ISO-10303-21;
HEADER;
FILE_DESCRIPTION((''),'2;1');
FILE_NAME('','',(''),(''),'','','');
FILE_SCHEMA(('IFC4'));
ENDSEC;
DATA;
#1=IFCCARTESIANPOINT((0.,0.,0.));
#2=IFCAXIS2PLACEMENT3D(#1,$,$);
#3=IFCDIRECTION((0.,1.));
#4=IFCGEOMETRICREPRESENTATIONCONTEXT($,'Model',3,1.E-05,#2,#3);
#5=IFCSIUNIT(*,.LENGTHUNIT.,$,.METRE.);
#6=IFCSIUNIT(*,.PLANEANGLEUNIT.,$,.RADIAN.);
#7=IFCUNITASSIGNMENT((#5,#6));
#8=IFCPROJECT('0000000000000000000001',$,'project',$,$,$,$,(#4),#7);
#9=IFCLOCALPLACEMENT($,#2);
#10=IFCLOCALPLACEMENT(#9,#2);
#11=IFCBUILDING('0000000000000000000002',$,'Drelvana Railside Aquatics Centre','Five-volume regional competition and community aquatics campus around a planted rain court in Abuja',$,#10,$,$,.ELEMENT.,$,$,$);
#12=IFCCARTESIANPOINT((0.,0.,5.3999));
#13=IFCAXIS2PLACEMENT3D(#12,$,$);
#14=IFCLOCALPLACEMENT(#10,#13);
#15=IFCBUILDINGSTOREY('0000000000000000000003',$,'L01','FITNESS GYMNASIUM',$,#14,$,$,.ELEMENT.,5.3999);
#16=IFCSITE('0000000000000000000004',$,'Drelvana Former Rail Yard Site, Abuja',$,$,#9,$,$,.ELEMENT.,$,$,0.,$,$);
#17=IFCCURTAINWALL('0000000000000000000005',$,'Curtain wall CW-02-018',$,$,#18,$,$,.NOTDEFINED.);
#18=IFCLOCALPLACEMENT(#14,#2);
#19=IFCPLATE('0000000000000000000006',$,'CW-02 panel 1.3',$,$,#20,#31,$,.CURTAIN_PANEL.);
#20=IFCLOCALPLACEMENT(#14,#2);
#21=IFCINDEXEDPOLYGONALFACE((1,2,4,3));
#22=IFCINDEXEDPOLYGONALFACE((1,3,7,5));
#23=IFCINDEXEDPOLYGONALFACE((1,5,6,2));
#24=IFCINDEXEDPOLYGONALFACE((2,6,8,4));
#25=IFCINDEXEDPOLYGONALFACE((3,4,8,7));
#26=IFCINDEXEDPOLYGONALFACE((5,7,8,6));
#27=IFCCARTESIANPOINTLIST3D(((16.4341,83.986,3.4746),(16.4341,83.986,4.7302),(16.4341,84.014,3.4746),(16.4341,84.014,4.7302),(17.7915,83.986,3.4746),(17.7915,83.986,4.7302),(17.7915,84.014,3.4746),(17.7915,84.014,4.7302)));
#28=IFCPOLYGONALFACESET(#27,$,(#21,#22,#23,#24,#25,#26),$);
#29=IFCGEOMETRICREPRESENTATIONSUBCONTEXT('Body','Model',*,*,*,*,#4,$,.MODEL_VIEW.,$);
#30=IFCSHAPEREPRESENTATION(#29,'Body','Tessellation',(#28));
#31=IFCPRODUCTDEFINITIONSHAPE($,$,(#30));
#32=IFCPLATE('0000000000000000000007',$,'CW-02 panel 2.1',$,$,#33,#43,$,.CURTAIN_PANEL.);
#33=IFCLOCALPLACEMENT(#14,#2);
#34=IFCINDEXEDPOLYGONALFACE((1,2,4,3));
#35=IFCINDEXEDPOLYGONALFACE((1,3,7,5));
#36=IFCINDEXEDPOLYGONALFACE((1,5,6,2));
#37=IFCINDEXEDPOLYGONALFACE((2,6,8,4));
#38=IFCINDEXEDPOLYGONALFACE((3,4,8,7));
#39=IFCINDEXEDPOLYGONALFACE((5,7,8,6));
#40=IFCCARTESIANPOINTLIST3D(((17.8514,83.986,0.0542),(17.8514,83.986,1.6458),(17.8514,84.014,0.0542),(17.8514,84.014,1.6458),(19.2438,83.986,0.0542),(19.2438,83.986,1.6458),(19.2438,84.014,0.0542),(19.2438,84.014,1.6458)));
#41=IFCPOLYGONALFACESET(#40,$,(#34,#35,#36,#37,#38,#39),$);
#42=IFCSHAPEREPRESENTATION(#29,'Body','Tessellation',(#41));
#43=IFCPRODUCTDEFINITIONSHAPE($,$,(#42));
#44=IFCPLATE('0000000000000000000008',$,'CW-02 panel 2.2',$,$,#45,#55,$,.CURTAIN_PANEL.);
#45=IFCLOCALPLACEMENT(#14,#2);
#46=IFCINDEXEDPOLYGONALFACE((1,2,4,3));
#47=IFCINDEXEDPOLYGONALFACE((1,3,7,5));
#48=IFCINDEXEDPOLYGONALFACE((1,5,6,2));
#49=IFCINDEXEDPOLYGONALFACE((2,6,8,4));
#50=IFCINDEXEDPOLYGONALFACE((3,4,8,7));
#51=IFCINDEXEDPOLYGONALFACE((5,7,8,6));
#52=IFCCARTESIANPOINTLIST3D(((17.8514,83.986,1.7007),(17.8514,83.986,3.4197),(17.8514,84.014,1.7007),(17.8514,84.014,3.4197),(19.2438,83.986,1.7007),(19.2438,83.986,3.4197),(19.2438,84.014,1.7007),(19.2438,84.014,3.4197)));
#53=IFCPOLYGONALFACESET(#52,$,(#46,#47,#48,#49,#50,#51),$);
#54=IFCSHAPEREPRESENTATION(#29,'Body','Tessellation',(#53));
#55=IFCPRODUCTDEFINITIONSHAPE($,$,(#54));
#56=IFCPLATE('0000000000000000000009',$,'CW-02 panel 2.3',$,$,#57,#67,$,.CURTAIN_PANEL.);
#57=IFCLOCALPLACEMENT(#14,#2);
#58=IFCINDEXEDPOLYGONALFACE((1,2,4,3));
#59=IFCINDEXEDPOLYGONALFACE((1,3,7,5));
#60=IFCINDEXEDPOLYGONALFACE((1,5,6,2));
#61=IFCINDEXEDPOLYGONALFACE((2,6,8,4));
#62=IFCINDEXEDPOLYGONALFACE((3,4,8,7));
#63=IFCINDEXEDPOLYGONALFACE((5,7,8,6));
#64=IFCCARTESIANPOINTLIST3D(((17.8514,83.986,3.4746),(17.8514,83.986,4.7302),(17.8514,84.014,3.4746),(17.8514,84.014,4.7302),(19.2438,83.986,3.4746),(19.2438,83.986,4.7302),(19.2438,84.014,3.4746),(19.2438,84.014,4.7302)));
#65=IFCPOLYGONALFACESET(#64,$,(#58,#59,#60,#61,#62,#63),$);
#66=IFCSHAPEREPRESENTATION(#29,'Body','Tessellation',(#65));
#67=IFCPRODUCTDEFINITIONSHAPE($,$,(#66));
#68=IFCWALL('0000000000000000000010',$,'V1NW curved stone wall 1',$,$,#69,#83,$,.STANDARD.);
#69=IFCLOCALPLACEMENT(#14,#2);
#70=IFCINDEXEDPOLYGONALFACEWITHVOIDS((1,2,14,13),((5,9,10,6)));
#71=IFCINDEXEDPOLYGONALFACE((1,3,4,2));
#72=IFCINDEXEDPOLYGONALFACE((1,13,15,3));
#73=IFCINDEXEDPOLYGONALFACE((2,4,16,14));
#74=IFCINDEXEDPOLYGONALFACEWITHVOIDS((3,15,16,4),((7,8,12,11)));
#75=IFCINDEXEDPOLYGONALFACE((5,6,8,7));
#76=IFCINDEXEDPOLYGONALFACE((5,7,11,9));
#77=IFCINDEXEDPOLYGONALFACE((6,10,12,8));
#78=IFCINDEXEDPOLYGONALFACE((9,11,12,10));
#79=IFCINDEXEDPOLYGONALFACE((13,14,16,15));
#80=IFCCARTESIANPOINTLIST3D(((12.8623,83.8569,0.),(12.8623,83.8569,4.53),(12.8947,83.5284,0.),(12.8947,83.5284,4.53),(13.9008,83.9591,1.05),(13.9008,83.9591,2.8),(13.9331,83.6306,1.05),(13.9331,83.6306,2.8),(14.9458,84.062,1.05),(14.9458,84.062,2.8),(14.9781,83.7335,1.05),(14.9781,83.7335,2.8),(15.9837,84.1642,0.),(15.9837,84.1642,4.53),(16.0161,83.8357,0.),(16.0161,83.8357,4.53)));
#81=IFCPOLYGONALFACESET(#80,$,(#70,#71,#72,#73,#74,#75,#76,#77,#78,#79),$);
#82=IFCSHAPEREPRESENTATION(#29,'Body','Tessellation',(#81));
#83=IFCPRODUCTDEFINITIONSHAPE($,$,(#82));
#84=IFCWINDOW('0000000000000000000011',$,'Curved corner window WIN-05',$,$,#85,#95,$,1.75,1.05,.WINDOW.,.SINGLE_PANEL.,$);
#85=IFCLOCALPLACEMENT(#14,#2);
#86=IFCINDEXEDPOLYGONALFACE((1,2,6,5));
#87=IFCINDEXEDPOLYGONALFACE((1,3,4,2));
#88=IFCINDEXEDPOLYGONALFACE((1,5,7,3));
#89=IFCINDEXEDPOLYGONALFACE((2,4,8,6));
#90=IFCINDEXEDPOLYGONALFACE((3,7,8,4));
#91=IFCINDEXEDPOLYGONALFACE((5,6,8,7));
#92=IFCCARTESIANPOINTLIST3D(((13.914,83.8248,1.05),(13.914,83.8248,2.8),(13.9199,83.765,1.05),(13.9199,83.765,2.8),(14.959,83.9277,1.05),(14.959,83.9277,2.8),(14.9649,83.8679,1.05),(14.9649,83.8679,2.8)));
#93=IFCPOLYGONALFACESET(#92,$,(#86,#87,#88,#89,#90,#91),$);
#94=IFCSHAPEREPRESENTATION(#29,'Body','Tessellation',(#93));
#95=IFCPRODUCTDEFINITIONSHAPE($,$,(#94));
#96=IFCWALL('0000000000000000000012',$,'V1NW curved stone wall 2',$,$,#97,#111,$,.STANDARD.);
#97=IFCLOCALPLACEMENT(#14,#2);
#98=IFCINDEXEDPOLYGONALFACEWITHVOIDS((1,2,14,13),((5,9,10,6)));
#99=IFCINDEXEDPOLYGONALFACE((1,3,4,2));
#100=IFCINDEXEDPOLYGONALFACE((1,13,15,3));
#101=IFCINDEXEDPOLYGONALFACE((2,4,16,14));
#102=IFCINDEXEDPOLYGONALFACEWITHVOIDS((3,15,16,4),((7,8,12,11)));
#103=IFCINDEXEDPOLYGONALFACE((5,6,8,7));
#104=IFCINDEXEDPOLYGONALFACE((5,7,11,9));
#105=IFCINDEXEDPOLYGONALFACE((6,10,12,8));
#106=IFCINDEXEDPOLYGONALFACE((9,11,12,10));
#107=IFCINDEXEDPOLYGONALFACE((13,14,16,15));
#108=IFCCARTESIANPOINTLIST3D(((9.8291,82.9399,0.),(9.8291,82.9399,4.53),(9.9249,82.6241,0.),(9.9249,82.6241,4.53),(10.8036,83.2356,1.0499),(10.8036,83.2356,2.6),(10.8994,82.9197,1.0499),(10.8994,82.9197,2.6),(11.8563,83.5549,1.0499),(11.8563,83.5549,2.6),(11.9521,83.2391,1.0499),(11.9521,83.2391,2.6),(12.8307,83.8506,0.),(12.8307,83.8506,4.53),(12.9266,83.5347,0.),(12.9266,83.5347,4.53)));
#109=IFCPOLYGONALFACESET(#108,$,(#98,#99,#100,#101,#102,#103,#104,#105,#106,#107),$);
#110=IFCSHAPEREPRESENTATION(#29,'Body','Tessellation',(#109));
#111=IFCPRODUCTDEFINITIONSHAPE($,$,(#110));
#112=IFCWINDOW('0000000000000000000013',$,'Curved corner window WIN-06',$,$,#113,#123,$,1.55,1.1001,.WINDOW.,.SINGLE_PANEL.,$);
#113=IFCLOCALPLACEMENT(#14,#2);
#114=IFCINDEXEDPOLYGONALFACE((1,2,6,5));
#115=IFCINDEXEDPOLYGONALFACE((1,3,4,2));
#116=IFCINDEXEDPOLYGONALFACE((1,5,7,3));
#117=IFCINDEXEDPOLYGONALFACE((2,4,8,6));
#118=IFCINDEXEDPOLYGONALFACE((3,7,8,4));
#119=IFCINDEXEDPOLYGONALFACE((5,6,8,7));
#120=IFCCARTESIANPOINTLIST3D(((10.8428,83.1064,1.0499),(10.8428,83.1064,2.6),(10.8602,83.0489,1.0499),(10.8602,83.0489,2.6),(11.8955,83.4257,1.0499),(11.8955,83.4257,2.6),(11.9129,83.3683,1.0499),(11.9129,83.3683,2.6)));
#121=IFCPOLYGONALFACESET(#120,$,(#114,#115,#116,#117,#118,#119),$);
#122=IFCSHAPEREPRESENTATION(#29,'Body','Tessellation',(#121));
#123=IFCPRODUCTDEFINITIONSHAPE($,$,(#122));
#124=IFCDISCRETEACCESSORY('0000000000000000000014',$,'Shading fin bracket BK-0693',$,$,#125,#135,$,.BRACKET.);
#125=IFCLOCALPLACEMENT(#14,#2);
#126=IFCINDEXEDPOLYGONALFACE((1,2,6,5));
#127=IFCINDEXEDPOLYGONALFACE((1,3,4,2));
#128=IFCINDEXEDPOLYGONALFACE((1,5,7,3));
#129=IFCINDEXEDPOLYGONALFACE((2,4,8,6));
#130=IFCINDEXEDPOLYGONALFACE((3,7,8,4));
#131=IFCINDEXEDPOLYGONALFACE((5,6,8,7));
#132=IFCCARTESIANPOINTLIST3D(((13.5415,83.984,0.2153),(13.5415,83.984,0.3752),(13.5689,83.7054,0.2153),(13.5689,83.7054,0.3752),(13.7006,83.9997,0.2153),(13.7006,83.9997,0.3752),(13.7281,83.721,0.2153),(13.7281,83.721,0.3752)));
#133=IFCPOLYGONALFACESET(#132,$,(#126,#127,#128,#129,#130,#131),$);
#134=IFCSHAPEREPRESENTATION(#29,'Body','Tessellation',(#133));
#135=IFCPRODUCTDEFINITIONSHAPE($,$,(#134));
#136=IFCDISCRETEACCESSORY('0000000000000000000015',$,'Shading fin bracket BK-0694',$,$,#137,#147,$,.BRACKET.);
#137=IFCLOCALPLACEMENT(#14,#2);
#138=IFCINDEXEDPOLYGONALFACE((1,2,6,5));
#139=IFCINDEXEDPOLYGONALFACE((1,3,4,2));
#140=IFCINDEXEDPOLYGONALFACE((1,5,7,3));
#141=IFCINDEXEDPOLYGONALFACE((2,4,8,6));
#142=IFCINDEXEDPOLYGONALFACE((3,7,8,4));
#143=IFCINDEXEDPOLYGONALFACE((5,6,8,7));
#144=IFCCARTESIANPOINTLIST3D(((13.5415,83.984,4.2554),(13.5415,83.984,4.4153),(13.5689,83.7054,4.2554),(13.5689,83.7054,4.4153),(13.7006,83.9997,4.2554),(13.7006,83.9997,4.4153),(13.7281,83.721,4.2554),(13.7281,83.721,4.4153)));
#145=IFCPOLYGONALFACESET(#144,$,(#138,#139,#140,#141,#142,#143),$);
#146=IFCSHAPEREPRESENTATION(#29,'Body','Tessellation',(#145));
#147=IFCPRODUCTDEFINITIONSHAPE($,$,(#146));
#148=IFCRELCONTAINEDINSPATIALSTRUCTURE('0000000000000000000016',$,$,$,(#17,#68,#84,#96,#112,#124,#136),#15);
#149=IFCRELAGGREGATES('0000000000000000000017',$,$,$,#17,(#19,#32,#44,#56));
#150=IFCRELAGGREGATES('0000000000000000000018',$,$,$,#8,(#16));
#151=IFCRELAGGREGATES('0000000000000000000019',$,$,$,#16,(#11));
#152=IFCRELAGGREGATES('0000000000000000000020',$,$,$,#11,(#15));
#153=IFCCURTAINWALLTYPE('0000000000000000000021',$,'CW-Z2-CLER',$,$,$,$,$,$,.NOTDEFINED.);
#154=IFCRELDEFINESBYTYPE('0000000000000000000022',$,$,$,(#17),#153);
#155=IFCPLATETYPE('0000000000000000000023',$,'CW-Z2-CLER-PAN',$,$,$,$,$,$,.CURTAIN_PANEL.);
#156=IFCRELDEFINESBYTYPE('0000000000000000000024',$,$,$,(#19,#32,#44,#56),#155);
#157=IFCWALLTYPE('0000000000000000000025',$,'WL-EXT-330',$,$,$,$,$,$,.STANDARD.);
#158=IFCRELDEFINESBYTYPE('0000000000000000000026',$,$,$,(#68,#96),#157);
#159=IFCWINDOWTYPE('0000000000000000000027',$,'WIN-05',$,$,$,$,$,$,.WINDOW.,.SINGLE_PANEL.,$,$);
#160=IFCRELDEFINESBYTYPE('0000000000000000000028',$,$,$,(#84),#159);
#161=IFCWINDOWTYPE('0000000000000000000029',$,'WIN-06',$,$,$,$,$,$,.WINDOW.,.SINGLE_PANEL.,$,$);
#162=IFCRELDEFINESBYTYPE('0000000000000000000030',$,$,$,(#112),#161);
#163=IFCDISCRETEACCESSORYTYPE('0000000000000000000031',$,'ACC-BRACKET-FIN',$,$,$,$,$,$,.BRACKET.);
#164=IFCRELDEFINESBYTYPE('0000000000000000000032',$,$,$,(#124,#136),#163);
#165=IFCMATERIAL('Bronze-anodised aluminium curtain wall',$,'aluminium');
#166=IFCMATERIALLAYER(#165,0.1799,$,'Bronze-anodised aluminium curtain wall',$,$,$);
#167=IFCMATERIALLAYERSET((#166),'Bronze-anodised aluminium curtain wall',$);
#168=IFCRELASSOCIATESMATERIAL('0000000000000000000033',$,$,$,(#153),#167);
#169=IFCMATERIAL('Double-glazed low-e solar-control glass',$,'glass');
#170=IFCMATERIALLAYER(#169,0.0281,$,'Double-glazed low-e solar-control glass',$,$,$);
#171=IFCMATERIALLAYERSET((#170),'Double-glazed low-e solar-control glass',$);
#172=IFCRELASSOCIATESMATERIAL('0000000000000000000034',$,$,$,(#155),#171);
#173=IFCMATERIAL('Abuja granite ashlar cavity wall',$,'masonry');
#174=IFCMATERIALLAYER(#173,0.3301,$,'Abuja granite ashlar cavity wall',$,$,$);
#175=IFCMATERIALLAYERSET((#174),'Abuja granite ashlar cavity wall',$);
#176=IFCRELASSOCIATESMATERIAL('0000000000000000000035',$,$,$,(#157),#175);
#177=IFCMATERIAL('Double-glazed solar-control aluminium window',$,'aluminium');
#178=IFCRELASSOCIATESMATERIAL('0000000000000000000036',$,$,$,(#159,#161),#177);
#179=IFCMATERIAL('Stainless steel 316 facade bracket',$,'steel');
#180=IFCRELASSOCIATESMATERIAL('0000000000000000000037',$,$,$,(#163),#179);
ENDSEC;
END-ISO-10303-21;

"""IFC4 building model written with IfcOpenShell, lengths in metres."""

from ifc_helpers import new_model, si_unit, direction, frame, frame_2d, origin, origin_2d, place, context, subcontext, project, spatial, rectangle, extrude, material, layer, layer_set, type_object, element, fill, aggregate, save


model = new_model("IFC4")

# Units and contexts
model_context = context("Model", 3, precision=1e-05, world=origin(), true_north=direction((0.0, 1.0)))
body_context = subcontext(model_context, "Body", "Model", "MODEL_VIEW")
ifc_project = project(units=[si_unit("LENGTHUNIT", "METRE"), si_unit("PLANEANGLEUNIT", "RADIAN")], contexts=[model_context])

# Site, building, storey
site_placement = place(None, origin())
site = spatial("IfcSite", under=ifc_project, at=site_placement, Name="Drelvana Former Rail Yard Site, Abuja", CompositionType="ELEMENT", RefElevation=0.0)
building_placement = place(site_placement, origin())
building = spatial("IfcBuilding", under=site, at=building_placement, Name="Drelvana Railside Aquatics Centre", Description="Five-volume regional competition and community aquatics campus around a planted rain court in Abuja", CompositionType="ELEMENT")
storey_placement = place(building_placement, frame((0.0, 0.0, 5.3999)))
storey = spatial("IfcBuildingStorey", under=building, at=storey_placement, Name="L01", Description="FITNESS GYMNASIUM", CompositionType="ELEMENT", Elevation=5.3999)

# Curtain wall
ifc_material_1 = material(Name="Bronze-anodised aluminium curtain wall", Category="aluminium")
ifc_layer_1 = layer(ifc_material_1, 0.1799, Name="Bronze-anodised aluminium curtain wall")
ifc_layer_set_1 = layer_set([ifc_layer_1], Name="Bronze-anodised aluminium curtain wall")
curtain_wall_type = type_object("IfcCurtainWallType", Name="CW-Z2-CLER", PredefinedType="NOTDEFINED", material=ifc_layer_set_1)
curtain_wall_placement = place(storey_placement, origin())
curtain_wall = element("IfcCurtainWall", 1, at=curtain_wall_placement, inside=storey, type_object=curtain_wall_type, Name="Curtain wall CW-02-018", PredefinedType="NOTDEFINED")

# Plates
ifc_material_2 = material(Name="Double-glazed low-e solar-control glass", Category="glass")
ifc_layer_2 = layer(ifc_material_2, 0.0281, Name="Double-glazed low-e solar-control glass")
ifc_layer_set_2 = layer_set([ifc_layer_2], Name="Double-glazed low-e solar-control glass")
plate_type = type_object("IfcPlateType", Name="CW-Z2-CLER-PAN", PredefinedType="CURTAIN_PANEL", material=ifc_layer_set_2)
plate_1_placement = place(storey_placement, frame((17.1128, 84.0, 3.4746), z_axis=(0.0, 0.0, 1.0), x_axis=(1.0, 0.0, 0.0)))
plate_1 = element("IfcPlate", 2, at=plate_1_placement, type_object=plate_type, Name="CW-02 panel 1.3", PredefinedType="CURTAIN_PANEL", context=body_context, shape_type="SweptSolid", body=[
    extrude(rectangle(XDim=1.3574, YDim=0.0281, at=origin_2d()), origin(), (0.0, 0.0, 1.0), 1.2556),
])
plate_2_placement = place(storey_placement, frame((18.5476, 84.0, 0.0542), z_axis=(0.0, 0.0, 1.0), x_axis=(1.0, 0.0, 0.0)))
plate_2 = element("IfcPlate", 3, at=plate_2_placement, type_object=plate_type, Name="CW-02 panel 2.1", PredefinedType="CURTAIN_PANEL", context=body_context, shape_type="SweptSolid", body=[
    extrude(rectangle(XDim=1.3923, YDim=0.0281, at=origin_2d()), origin(), (0.0, 0.0, 1.0), 1.5916),
])
plate_3_placement = place(storey_placement, frame((18.5476, 84.0, 1.7007), z_axis=(0.0, 0.0, 1.0), x_axis=(1.0, 0.0, 0.0)))
plate_3 = element("IfcPlate", 4, at=plate_3_placement, type_object=plate_type, Name="CW-02 panel 2.2", PredefinedType="CURTAIN_PANEL", context=body_context, shape_type="SweptSolid", body=[
    extrude(rectangle(XDim=1.3923, YDim=0.0281, at=origin_2d()), origin(), (0.0, 0.0, 1.0), 1.719),
])
plate_4_placement = place(storey_placement, frame((18.5476, 84.0, 3.4746), z_axis=(0.0, 0.0, 1.0), x_axis=(1.0, 0.0, 0.0)))
plate_4 = element("IfcPlate", 5, at=plate_4_placement, type_object=plate_type, Name="CW-02 panel 2.3", PredefinedType="CURTAIN_PANEL", context=body_context, shape_type="SweptSolid", body=[
    extrude(rectangle(XDim=1.3923, YDim=0.0281, at=origin_2d()), origin(), (0.0, 0.0, 1.0), 1.2556),
])
aggregate(curtain_wall, [plate_1, plate_2, plate_3, plate_4])

# Walls, openings, windows
ifc_material_3 = material(Name="Abuja granite ashlar cavity wall", Category="masonry")
ifc_layer_3 = layer(ifc_material_3, 0.3301, Name="Abuja granite ashlar cavity wall")
ifc_layer_set_3 = layer_set([ifc_layer_3], Name="Abuja granite ashlar cavity wall")
wall_type = type_object("IfcWallType", Name="WL-EXT-330", PredefinedType="STANDARD", material=ifc_layer_set_3)
wall_1_placement = place(storey_placement, frame((16.0, 84.0, 0.0), z_axis=(0.0, 0.0, 1.0), x_axis=(-0.995186, -0.098001, 0.0)))
wall_1 = element("IfcWall", 6, at=wall_1_placement, inside=storey, type_object=wall_type, Name="V1NW curved stone wall 1", PredefinedType="STANDARD", context=body_context, shape_type="SweptSolid", body=[
    extrude(rectangle(XDim=3.1365, YDim=0.3301, at=frame_2d((1.5684, 0.0))), origin(), (0.0, 0.0, 1.0), 4.53),
])
opening_1_placement = place(wall_1_placement, frame((1.0432, 0.0, 1.05)))
opening_1 = element("IfcOpeningElement", 7, at=opening_1_placement, cuts=wall_1, PredefinedType="OPENING", context=body_context, shape_type="SweptSolid", body=[
    extrude(rectangle(XDim=1.05, YDim=1.75, at=frame_2d((0.5249, 0.875))), frame((0.0, 0.175, 0.0), z_axis=(0.0, -1.0, 0.0), x_axis=(1.0, 0.0, 0.0)), (0.0, 0.0, 1.0), 0.3501),
])
ifc_material_4 = material(Name="Double-glazed solar-control aluminium window", Category="aluminium")
window_type_1 = type_object("IfcWindowType", Name="WIN-05", PartitioningType="SINGLE_PANEL", PredefinedType="WINDOW", material=ifc_material_4)
window_1_placement = place(opening_1_placement, origin())
window_1 = element("IfcWindow", 8, at=window_1_placement, inside=storey, type_object=window_type_1, Name="Curved corner window WIN-05", OverallHeight=1.75, OverallWidth=1.05, PartitioningType="SINGLE_PANEL", PredefinedType="WINDOW", context=body_context, shape_type="SweptSolid", body=[
    extrude(rectangle(XDim=1.05, YDim=1.75, at=frame_2d((0.5249, 0.875))), frame((0.0, 0.03, 0.0), z_axis=(0.0, -1.0, 0.0), x_axis=(1.0, 0.0, 0.0)), (0.0, 0.0, 1.0), 0.0601),
])
fill(opening_1, window_1)
wall_2_placement = place(storey_placement, frame((12.8787, 83.6926, 0.0), z_axis=(0.0, 0.0, 1.0), x_axis=(-0.956933, -0.29031, 0.0)))
wall_2 = element("IfcWall", 9, at=wall_2_placement, inside=storey, type_object=wall_type, Name="V1NW curved stone wall 2", PredefinedType="STANDARD", context=body_context, shape_type="SweptSolid", body=[
    extrude(rectangle(XDim=3.1367, YDim=0.3301, at=frame_2d((1.5684, 0.0))), origin(), (0.0, 0.0, 1.0), 4.53),
])
opening_2_placement = place(wall_2_placement, frame((1.0183, 0.0, 1.05)))
opening_2 = element("IfcOpeningElement", 10, at=opening_2_placement, cuts=wall_2, PredefinedType="OPENING", context=body_context, shape_type="SweptSolid", body=[
    extrude(rectangle(XDim=1.1001, YDim=1.55, at=frame_2d((0.55, 0.7749))), frame((0.0, 0.175, 0.0), z_axis=(0.0, -1.0, 0.0), x_axis=(1.0, 0.0, 0.0)), (0.0, 0.0, 1.0), 0.3501),
])
window_type_2 = type_object("IfcWindowType", Name="WIN-06", PartitioningType="SINGLE_PANEL", PredefinedType="WINDOW", material=ifc_material_4)
window_2_placement = place(opening_2_placement, origin())
window_2 = element("IfcWindow", 11, at=window_2_placement, inside=storey, type_object=window_type_2, Name="Curved corner window WIN-06", OverallHeight=1.55, OverallWidth=1.1001, PartitioningType="SINGLE_PANEL", PredefinedType="WINDOW", context=body_context, shape_type="SweptSolid", body=[
    extrude(rectangle(XDim=1.1001, YDim=1.55, at=frame_2d((0.55, 0.7749))), frame((0.0, 0.03, 0.0), z_axis=(0.0, -1.0, 0.0), x_axis=(1.0, 0.0, 0.0)), (0.0, 0.0, 1.0), 0.0601),
])
fill(opening_2, window_2)

# Discrete accessories
ifc_material_5 = material(Name="Stainless steel 316 facade bracket", Category="steel")
discrete_accessory_type = type_object("IfcDiscreteAccessoryType", Name="ACC-BRACKET-FIN", PredefinedType="BRACKET", material=ifc_material_5)
for number, where, z_axis, x_axis, name in (
    (12, (13.6348, 83.8525, 0.2153), (0.0, 0.0, 1.0), (-0.098017, 0.995185, 0.0), "Shading fin bracket BK-0693"),
    (13, (13.6348, 83.8525, 4.2554), (0.0, 0.0, 1.0), (-0.098017, 0.995185, 0.0), "Shading fin bracket BK-0694"),
):
    element("IfcDiscreteAccessory", number, at=place(storey_placement, frame(where, z_axis=z_axis, x_axis=x_axis)), inside=storey, type_object=discrete_accessory_type, Name=name, PredefinedType="BRACKET", context=body_context, shape_type="SweptSolid", body=[
        extrude(rectangle(XDim=0.28, YDim=0.1599, at=origin_2d()), origin(), (0.0, 0.0, 1.0), 0.1599),
    ])

save(model, "model.ifc")
